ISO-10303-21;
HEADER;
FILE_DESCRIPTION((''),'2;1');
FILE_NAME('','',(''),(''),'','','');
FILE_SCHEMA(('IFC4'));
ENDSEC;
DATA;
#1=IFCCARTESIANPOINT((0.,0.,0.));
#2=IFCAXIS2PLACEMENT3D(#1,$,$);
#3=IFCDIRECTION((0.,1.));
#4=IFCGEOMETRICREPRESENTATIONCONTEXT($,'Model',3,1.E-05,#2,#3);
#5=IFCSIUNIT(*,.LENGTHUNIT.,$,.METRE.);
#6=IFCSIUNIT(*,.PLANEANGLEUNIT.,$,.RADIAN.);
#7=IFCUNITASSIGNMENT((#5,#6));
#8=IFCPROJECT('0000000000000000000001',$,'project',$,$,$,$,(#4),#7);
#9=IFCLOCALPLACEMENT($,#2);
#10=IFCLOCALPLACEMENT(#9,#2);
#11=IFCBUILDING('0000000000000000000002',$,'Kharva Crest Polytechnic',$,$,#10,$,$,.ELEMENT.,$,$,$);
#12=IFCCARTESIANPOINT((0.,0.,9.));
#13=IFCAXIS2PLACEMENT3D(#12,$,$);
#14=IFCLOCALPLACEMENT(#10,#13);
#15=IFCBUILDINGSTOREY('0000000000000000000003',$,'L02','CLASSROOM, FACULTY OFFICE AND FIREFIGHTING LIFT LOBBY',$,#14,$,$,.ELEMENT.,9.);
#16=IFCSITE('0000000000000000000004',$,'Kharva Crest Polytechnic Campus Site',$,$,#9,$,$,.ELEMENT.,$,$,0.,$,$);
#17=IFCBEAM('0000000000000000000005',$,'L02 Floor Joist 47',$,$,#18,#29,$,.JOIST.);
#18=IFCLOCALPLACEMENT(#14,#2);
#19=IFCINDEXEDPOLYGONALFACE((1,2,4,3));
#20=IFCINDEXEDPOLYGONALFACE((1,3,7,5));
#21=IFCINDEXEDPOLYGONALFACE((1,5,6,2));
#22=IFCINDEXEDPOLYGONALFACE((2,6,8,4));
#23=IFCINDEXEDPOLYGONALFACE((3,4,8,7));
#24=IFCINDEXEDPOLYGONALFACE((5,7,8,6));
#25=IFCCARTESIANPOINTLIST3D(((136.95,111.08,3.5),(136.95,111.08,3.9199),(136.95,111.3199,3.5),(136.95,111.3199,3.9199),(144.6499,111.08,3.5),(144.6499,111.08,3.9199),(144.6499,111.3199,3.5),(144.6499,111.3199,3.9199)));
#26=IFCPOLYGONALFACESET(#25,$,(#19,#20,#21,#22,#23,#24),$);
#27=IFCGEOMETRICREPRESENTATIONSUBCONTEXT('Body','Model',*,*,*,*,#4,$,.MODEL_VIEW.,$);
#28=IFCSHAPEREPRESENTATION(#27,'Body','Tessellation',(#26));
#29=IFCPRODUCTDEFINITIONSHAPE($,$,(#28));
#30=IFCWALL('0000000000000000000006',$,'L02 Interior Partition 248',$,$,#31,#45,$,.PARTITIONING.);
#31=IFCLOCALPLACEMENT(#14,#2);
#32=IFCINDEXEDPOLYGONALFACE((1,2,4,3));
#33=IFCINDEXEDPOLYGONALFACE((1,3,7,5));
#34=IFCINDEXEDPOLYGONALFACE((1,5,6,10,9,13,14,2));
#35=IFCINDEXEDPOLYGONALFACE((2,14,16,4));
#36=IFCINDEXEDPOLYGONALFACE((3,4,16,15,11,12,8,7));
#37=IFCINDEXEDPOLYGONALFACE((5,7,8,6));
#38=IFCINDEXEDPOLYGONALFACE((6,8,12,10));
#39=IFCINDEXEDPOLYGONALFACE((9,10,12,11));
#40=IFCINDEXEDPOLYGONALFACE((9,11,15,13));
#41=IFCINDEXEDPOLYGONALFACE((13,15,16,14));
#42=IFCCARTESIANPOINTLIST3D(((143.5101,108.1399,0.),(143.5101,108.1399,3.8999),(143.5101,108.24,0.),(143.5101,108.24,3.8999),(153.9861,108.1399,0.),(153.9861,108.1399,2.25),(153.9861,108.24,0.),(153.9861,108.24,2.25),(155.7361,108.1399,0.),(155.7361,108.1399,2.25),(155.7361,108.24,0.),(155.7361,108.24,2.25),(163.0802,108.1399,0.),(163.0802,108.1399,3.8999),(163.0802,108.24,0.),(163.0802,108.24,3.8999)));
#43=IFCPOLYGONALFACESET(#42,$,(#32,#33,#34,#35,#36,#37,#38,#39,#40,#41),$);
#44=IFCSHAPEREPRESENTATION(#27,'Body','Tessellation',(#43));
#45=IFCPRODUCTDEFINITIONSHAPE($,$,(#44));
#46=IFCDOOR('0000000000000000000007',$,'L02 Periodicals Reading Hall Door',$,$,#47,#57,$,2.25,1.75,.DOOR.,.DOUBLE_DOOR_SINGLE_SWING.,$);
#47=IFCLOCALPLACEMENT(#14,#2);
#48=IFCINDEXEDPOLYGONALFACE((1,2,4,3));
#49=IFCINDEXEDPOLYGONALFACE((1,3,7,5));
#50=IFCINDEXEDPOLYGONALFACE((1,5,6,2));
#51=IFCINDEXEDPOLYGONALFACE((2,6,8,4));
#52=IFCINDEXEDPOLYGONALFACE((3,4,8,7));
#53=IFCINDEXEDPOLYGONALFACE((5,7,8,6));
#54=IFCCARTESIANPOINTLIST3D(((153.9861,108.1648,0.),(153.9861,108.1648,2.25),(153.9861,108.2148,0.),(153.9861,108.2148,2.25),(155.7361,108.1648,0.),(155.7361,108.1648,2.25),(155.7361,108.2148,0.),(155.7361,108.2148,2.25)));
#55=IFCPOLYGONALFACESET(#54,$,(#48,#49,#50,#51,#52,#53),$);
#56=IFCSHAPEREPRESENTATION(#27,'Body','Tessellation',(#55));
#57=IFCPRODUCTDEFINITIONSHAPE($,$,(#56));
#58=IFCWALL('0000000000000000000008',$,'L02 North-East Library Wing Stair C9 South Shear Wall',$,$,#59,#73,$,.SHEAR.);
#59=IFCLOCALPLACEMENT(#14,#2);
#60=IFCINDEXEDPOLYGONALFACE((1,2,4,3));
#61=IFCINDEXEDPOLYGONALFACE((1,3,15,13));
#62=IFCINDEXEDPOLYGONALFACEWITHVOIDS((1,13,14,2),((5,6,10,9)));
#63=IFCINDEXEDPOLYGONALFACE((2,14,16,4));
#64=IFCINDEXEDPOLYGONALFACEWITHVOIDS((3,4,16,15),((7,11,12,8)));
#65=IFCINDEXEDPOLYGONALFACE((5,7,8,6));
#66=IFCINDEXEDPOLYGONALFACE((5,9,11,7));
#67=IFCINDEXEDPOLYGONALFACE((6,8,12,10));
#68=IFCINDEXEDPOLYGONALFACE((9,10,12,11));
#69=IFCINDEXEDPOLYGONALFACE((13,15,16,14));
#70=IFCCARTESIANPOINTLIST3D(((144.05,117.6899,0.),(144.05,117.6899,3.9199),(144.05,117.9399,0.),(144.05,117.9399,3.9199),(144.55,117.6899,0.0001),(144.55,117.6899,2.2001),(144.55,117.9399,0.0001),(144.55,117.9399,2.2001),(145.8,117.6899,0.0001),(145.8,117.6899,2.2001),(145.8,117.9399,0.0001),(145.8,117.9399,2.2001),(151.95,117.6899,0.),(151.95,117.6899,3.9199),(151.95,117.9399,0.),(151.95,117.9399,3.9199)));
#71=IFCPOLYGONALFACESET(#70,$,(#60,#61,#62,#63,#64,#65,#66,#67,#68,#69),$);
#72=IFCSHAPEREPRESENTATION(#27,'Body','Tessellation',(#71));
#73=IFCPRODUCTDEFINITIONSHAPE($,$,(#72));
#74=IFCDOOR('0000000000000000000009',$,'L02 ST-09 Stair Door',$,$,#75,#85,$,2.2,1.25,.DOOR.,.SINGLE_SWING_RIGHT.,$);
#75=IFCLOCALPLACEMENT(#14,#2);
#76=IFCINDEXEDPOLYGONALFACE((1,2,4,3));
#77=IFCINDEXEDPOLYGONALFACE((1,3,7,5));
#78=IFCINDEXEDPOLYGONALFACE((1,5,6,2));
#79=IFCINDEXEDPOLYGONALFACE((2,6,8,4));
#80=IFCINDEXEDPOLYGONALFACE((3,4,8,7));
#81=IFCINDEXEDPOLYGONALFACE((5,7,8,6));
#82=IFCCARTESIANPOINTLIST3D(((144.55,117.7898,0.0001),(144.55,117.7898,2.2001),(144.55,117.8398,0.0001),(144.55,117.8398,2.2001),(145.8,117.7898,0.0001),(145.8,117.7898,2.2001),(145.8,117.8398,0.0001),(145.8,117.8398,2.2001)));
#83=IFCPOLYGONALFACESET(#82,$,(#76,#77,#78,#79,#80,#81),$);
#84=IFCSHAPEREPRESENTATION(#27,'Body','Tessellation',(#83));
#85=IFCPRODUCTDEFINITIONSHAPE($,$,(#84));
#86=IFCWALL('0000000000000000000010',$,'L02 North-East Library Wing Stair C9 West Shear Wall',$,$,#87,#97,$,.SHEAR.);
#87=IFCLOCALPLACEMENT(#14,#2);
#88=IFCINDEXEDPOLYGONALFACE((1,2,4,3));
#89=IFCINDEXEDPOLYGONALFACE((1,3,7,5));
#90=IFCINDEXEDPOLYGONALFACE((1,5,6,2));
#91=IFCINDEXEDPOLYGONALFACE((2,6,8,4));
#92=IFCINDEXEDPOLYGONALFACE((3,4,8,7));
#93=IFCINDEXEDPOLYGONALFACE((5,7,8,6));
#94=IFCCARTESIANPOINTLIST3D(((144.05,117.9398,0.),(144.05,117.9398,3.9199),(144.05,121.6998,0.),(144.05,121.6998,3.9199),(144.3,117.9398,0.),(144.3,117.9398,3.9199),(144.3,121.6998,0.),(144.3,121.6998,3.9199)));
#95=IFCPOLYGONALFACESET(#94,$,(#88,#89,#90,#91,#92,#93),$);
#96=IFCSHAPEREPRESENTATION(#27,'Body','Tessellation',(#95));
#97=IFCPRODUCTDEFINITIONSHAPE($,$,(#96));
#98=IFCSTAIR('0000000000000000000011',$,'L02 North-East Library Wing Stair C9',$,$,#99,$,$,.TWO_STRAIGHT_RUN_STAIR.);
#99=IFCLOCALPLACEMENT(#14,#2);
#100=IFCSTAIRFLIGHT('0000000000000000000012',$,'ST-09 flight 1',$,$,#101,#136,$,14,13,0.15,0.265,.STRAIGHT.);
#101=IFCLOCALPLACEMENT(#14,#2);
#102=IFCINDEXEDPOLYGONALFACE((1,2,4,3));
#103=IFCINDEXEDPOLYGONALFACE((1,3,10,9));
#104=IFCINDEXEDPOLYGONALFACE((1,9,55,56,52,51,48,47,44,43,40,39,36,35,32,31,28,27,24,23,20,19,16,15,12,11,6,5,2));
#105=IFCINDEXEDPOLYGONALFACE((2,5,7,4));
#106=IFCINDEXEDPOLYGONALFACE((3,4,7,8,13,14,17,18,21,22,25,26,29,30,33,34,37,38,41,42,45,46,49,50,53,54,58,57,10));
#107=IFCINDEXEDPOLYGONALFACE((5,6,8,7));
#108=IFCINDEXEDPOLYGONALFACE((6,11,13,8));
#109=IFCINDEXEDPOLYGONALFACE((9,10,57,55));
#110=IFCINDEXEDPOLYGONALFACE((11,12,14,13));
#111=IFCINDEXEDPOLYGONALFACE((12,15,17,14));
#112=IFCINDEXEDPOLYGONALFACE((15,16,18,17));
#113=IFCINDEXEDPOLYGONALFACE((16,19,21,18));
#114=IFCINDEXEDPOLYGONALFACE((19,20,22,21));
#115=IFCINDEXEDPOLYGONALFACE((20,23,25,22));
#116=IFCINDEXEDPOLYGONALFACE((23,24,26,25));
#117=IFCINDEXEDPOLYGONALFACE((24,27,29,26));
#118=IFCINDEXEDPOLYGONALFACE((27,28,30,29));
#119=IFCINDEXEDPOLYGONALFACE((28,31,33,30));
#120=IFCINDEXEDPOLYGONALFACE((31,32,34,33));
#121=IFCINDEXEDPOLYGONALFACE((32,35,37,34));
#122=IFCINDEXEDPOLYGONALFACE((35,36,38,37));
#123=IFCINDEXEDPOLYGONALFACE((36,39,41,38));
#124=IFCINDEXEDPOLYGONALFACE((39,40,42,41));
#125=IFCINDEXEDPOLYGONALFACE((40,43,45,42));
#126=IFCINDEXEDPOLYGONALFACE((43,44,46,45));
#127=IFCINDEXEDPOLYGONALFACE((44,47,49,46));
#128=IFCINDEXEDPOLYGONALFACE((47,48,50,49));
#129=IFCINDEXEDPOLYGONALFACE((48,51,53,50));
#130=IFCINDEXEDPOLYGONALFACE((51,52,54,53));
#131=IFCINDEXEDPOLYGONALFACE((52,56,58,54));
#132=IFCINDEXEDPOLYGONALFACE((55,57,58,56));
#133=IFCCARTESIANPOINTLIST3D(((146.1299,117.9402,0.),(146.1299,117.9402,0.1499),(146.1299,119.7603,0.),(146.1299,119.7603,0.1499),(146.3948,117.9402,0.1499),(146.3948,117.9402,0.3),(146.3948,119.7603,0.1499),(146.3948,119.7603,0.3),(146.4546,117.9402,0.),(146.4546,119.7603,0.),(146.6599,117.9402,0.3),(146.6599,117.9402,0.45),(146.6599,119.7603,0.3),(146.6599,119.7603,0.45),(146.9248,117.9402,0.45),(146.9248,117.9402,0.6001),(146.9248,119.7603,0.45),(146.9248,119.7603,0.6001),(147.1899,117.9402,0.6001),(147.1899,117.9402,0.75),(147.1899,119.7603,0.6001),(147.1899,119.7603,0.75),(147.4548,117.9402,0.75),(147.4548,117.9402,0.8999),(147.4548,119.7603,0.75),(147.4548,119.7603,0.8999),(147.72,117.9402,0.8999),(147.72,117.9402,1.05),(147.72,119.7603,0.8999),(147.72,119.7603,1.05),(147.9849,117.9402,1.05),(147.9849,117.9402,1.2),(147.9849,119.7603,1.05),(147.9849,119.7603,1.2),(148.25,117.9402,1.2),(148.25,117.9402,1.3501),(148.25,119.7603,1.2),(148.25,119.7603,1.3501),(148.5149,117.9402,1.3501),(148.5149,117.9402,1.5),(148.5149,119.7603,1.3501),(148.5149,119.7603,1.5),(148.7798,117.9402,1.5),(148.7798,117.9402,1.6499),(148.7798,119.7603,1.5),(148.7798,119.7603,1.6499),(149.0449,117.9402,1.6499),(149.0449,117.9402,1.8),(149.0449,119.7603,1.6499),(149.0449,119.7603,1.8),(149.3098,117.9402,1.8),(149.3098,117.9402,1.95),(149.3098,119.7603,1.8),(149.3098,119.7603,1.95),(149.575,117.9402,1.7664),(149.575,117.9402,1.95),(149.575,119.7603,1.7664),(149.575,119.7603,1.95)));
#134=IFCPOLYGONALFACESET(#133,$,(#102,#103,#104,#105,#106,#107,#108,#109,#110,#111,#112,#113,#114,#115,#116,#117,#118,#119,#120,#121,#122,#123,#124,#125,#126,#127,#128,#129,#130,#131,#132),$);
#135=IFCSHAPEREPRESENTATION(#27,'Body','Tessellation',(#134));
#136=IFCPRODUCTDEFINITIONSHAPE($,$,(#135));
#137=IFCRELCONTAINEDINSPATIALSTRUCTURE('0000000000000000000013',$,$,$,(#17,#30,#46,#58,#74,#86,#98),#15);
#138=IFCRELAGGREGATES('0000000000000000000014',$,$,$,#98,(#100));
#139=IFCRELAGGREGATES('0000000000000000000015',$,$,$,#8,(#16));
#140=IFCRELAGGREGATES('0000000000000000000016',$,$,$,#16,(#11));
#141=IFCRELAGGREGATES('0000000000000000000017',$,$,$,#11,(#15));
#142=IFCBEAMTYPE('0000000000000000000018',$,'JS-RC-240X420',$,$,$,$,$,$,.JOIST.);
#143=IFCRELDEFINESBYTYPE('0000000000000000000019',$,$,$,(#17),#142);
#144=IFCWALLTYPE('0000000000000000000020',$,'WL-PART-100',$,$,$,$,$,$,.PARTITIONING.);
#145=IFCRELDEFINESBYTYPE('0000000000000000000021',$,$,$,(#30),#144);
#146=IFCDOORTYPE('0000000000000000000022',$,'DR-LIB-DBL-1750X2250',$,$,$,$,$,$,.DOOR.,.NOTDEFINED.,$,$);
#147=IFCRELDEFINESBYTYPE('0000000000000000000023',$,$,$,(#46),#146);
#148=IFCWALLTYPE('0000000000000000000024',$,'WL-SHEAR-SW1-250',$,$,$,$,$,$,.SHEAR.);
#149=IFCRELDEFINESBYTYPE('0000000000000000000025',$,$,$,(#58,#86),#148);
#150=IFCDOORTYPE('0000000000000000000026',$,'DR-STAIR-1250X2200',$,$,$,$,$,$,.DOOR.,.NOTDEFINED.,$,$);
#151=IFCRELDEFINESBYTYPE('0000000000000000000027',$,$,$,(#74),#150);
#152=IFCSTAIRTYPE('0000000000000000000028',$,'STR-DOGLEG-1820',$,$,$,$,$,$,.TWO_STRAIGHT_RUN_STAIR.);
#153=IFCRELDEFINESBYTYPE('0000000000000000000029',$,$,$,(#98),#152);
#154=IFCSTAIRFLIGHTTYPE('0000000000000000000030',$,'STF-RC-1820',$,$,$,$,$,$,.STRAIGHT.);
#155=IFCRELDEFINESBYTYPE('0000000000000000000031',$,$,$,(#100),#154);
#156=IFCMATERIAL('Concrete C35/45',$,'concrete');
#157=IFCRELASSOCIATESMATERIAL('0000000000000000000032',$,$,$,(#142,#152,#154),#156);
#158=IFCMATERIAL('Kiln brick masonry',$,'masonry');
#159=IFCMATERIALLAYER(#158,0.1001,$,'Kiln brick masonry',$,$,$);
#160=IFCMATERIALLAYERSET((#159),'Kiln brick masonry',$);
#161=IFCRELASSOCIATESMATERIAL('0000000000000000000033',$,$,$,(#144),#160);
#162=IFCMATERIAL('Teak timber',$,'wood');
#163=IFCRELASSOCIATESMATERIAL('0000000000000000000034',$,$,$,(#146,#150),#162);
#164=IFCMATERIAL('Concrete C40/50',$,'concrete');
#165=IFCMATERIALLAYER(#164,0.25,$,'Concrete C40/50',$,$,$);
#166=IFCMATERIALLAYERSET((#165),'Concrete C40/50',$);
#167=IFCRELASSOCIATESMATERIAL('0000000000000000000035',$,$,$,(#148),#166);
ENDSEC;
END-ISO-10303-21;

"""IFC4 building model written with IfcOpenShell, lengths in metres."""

from ifc_helpers import new_model, si_unit, direction, frame, frame_2d, origin, origin_2d, place, context, subcontext, project, spatial, polyline, rectangle, outline, extrude, material, layer, layer_set, material_profile, profile_set, type_object, element, fill, aggregate, save


model = new_model("IFC4")

# Units and contexts
model_context = context("Model", 3, precision=1e-05, world=origin(), true_north=direction((0.0, 1.0)))
body_context = subcontext(model_context, "Body", "Model", "MODEL_VIEW")
ifc_project = project(units=[si_unit("LENGTHUNIT", "METRE"), si_unit("PLANEANGLEUNIT", "RADIAN")], contexts=[model_context])

# Site, building, storey
site_placement = place(None, origin())
site = spatial("IfcSite", under=ifc_project, at=site_placement, Name="Kharva Crest Polytechnic Campus Site", CompositionType="ELEMENT", RefElevation=0.0)
building_placement = place(site_placement, origin())
building = spatial("IfcBuilding", under=site, at=building_placement, Name="Kharva Crest Polytechnic", CompositionType="ELEMENT")
storey_placement = place(building_placement, frame((0.0, 0.0, 9.0)))
storey = spatial("IfcBuildingStorey", under=building, at=storey_placement, Name="L02", Description="CLASSROOM, FACULTY OFFICE AND FIREFIGHTING LIFT LOBBY", CompositionType="ELEMENT", Elevation=9.0)

# Shared definitions
ifc_material_1 = material(Name="Concrete C40/50", Category="concrete")

# Beam
ifc_material_2 = material(Name="Concrete C35/45", Category="concrete")
ifc_material_profile_1 = material_profile(ifc_material_2, rectangle(XDim=0.24, YDim=0.4199, at=origin_2d()), Name="RECT 240 X 420")
ifc_profile_set_1 = profile_set([ifc_material_profile_1], Name="Concrete C35/45")
beam_type_1 = type_object("IfcBeamType", Name="JS-RC-240X420", PredefinedType="JOIST", material=ifc_profile_set_1)
beam_1_placement = place(storey_placement, frame((136.95, 111.2, 3.71), z_axis=(1.0, 0.0, 0.0), x_axis=(0.0, 1.0, 0.0)))
element("IfcBeam", 1, at=beam_1_placement, inside=storey, type_object=beam_type_1, Name="L02 Floor Joist 47", PredefinedType="JOIST", context=body_context, shape_type="SweptSolid", body=[
    extrude(rectangle(XDim=0.24, YDim=0.4199, at=origin_2d()), origin(), (0.0, 0.0, 1.0), 7.7),
])

# Walls, openings, doors
ifc_material_3 = material(Name="Kiln brick masonry", Category="masonry")
ifc_layer_1 = layer(ifc_material_3, 0.1001, Name="Kiln brick masonry")
ifc_layer_set_1 = layer_set([ifc_layer_1], Name="Kiln brick masonry")
wall_type_1 = type_object("IfcWallType", Name="WL-PART-100", PredefinedType="PARTITIONING", material=ifc_layer_set_1)
wall_1_placement = place(storey_placement, frame((143.51, 108.1899, 0.0), z_axis=(0.0, 0.0, 1.0), x_axis=(1.0, 0.0, 0.0)))
wall_1 = element("IfcWall", 2, at=wall_1_placement, inside=storey, type_object=wall_type_1, Name="L02 Interior Partition 248", PredefinedType="PARTITIONING", context=body_context, shape_type="SweptSolid", body=[
    extrude(rectangle(XDim=19.5701, YDim=0.1001, at=frame_2d((9.7852, 0.0))), origin(), (0.0, 0.0, 1.0), 3.8999),
])
opening_1_placement = place(wall_1_placement, frame((10.4761, 0.0, 0.0)))
opening_1 = element("IfcOpeningElement", 3, at=opening_1_placement, cuts=wall_1, PredefinedType="OPENING", context=body_context, shape_type="SweptSolid", body=[
    extrude(rectangle(XDim=1.75, YDim=2.25, at=frame_2d((0.875, 1.125))), frame((0.0, 0.0601, 0.0), z_axis=(0.0, -1.0, 0.0), x_axis=(1.0, 0.0, 0.0)), (0.0, 0.0, 1.0), 0.1201),
])
ifc_material_4 = material(Name="Teak timber", Category="wood")
door_type_1 = type_object("IfcDoorType", Name="DR-LIB-DBL-1750X2250", OperationType="NOTDEFINED", PredefinedType="DOOR", material=ifc_material_4)
door_1_placement = place(opening_1_placement, origin())
door_1 = element("IfcDoor", 4, at=door_1_placement, inside=storey, type_object=door_type_1, Name="L02 Periodicals Reading Hall Door", OperationType="DOUBLE_DOOR_SINGLE_SWING", OverallHeight=2.25, OverallWidth=1.75, PredefinedType="DOOR", context=body_context, shape_type="SweptSolid", body=[
    extrude(rectangle(XDim=1.75, YDim=2.25, at=frame_2d((0.875, 1.125))), frame((0.0, 0.0249, 0.0), z_axis=(0.0, -1.0, 0.0), x_axis=(1.0, 0.0, 0.0)), (0.0, 0.0, 1.0), 0.05),
])
fill(opening_1, door_1)
ifc_layer_2 = layer(ifc_material_1, 0.25, Name="Concrete C40/50")
ifc_layer_set_2 = layer_set([ifc_layer_2], Name="Concrete C40/50")
wall_type_2 = type_object("IfcWallType", Name="WL-SHEAR-SW1-250", PredefinedType="SHEAR", material=ifc_layer_set_2)
wall_2_placement = place(storey_placement, frame((144.05, 117.8149, 0.0), z_axis=(0.0, 0.0, 1.0), x_axis=(1.0, 0.0, 0.0)))
wall_2 = element("IfcWall", 5, at=wall_2_placement, inside=storey, type_object=wall_type_2, Name="L02 North-East Library Wing Stair C9 South Shear Wall", PredefinedType="SHEAR", context=body_context, shape_type="SweptSolid", body=[
    extrude(rectangle(XDim=7.8999, YDim=0.25, at=frame_2d((3.95, 0.0))), origin(), (0.0, 0.0, 1.0), 3.9199),
])
opening_2_placement = place(wall_2_placement, frame((0.5, 0.0, 0.0)))
opening_2 = element("IfcOpeningElement", 6, at=opening_2_placement, cuts=wall_2, PredefinedType="OPENING", context=body_context, shape_type="SweptSolid", body=[
    extrude(rectangle(XDim=1.25, YDim=2.2, at=frame_2d((0.625, 1.1001))), frame((0.0, 0.135, 0.0), z_axis=(0.0, -1.0, 0.0), x_axis=(1.0, 0.0, 0.0)), (0.0, 0.0, 1.0), 0.27),
])
door_type_2 = type_object("IfcDoorType", Name="DR-STAIR-1250X2200", OperationType="NOTDEFINED", PredefinedType="DOOR", material=ifc_material_4)
door_2_placement = place(opening_2_placement, origin())
door_2 = element("IfcDoor", 7, at=door_2_placement, inside=storey, type_object=door_type_2, Name="L02 ST-09 Stair Door", OperationType="SINGLE_SWING_RIGHT", OverallHeight=2.2, OverallWidth=1.25, PredefinedType="DOOR", context=body_context, shape_type="SweptSolid", body=[
    extrude(rectangle(XDim=1.25, YDim=2.2, at=frame_2d((0.625, 1.1001))), frame((0.0, 0.0249, 0.0), z_axis=(0.0, -1.0, 0.0), x_axis=(1.0, 0.0, 0.0)), (0.0, 0.0, 1.0), 0.05),
])
fill(opening_2, door_2)

# Wall
wall_3_placement = place(storey_placement, frame((144.175, 117.9399, 0.0), z_axis=(0.0, 0.0, 1.0), x_axis=(0.0, 1.0, 0.0)))
element("IfcWall", 8, at=wall_3_placement, inside=storey, type_object=wall_type_2, Name="L02 North-East Library Wing Stair C9 West Shear Wall", PredefinedType="SHEAR", context=body_context, shape_type="SweptSolid", body=[
    extrude(rectangle(XDim=3.76, YDim=0.25, at=frame_2d((1.8799, 0.0))), origin(), (0.0, 0.0, 1.0), 3.9199),
])

# Stair, stair flight
stair_type = type_object("IfcStairType", Name="STR-DOGLEG-1820", PredefinedType="TWO_STRAIGHT_RUN_STAIR", material=ifc_material_2)
stair_placement = place(storey_placement, origin())
stair = element("IfcStair", 9, at=stair_placement, inside=storey, type_object=stair_type, Name="L02 North-East Library Wing Stair C9", PredefinedType="TWO_STRAIGHT_RUN_STAIR")
stair_flight_type = type_object("IfcStairFlightType", Name="STF-RC-1820", PredefinedType="STRAIGHT", material=ifc_material_2)
stair_flight_placement = place(storey_placement, frame((146.1299, 118.8501, 0.0), z_axis=(0.0, 0.0, 1.0), x_axis=(1.0, 0.0, 0.0)))
stair_flight = element("IfcStairFlight", 10, at=stair_flight_placement, type_object=stair_flight_type, Name="ST-09 flight 1", NumberOfRisers=14, NumberOfTreads=13, PredefinedType="STRAIGHT", RiserHeight=0.15, TreadLength=0.265, context=body_context, shape_type="SweptSolid", body=[
    extrude(outline(polyline([(0.0, 0.0), (0.0, 0.1499), (0.2649, 0.1499), (0.2649, 0.3), (0.53, 0.3), (0.53, 0.45), (0.7949, 0.45), (0.7949, 0.6001), (1.0601, 0.6001), (1.0601, 0.75), (1.325, 0.75), (1.325, 0.8999), (1.5901, 0.8999), (1.5901, 1.05), (1.855, 1.05), (1.855, 1.2), (2.1201, 1.2), (2.1201, 1.3501), (2.385, 1.3501), (2.385, 1.5), (2.6499, 1.5), (2.6499, 1.6499), (2.915, 1.6499), (2.915, 1.8), (3.1799, 1.8), (3.1799, 1.95), (3.4451, 1.95), (3.4451, 2.1001), (3.4451, 1.7664), (0.3247, 0.0), (0.0, 0.0)])), frame((0.0, 0.9102, 0.0), z_axis=(0.0, -1.0, 0.0), x_axis=(1.0, 0.0, 0.0)), (0.0, 0.0, 1.0), 1.8201),
])
aggregate(stair, [stair_flight])

save(model, "model.ifc")
